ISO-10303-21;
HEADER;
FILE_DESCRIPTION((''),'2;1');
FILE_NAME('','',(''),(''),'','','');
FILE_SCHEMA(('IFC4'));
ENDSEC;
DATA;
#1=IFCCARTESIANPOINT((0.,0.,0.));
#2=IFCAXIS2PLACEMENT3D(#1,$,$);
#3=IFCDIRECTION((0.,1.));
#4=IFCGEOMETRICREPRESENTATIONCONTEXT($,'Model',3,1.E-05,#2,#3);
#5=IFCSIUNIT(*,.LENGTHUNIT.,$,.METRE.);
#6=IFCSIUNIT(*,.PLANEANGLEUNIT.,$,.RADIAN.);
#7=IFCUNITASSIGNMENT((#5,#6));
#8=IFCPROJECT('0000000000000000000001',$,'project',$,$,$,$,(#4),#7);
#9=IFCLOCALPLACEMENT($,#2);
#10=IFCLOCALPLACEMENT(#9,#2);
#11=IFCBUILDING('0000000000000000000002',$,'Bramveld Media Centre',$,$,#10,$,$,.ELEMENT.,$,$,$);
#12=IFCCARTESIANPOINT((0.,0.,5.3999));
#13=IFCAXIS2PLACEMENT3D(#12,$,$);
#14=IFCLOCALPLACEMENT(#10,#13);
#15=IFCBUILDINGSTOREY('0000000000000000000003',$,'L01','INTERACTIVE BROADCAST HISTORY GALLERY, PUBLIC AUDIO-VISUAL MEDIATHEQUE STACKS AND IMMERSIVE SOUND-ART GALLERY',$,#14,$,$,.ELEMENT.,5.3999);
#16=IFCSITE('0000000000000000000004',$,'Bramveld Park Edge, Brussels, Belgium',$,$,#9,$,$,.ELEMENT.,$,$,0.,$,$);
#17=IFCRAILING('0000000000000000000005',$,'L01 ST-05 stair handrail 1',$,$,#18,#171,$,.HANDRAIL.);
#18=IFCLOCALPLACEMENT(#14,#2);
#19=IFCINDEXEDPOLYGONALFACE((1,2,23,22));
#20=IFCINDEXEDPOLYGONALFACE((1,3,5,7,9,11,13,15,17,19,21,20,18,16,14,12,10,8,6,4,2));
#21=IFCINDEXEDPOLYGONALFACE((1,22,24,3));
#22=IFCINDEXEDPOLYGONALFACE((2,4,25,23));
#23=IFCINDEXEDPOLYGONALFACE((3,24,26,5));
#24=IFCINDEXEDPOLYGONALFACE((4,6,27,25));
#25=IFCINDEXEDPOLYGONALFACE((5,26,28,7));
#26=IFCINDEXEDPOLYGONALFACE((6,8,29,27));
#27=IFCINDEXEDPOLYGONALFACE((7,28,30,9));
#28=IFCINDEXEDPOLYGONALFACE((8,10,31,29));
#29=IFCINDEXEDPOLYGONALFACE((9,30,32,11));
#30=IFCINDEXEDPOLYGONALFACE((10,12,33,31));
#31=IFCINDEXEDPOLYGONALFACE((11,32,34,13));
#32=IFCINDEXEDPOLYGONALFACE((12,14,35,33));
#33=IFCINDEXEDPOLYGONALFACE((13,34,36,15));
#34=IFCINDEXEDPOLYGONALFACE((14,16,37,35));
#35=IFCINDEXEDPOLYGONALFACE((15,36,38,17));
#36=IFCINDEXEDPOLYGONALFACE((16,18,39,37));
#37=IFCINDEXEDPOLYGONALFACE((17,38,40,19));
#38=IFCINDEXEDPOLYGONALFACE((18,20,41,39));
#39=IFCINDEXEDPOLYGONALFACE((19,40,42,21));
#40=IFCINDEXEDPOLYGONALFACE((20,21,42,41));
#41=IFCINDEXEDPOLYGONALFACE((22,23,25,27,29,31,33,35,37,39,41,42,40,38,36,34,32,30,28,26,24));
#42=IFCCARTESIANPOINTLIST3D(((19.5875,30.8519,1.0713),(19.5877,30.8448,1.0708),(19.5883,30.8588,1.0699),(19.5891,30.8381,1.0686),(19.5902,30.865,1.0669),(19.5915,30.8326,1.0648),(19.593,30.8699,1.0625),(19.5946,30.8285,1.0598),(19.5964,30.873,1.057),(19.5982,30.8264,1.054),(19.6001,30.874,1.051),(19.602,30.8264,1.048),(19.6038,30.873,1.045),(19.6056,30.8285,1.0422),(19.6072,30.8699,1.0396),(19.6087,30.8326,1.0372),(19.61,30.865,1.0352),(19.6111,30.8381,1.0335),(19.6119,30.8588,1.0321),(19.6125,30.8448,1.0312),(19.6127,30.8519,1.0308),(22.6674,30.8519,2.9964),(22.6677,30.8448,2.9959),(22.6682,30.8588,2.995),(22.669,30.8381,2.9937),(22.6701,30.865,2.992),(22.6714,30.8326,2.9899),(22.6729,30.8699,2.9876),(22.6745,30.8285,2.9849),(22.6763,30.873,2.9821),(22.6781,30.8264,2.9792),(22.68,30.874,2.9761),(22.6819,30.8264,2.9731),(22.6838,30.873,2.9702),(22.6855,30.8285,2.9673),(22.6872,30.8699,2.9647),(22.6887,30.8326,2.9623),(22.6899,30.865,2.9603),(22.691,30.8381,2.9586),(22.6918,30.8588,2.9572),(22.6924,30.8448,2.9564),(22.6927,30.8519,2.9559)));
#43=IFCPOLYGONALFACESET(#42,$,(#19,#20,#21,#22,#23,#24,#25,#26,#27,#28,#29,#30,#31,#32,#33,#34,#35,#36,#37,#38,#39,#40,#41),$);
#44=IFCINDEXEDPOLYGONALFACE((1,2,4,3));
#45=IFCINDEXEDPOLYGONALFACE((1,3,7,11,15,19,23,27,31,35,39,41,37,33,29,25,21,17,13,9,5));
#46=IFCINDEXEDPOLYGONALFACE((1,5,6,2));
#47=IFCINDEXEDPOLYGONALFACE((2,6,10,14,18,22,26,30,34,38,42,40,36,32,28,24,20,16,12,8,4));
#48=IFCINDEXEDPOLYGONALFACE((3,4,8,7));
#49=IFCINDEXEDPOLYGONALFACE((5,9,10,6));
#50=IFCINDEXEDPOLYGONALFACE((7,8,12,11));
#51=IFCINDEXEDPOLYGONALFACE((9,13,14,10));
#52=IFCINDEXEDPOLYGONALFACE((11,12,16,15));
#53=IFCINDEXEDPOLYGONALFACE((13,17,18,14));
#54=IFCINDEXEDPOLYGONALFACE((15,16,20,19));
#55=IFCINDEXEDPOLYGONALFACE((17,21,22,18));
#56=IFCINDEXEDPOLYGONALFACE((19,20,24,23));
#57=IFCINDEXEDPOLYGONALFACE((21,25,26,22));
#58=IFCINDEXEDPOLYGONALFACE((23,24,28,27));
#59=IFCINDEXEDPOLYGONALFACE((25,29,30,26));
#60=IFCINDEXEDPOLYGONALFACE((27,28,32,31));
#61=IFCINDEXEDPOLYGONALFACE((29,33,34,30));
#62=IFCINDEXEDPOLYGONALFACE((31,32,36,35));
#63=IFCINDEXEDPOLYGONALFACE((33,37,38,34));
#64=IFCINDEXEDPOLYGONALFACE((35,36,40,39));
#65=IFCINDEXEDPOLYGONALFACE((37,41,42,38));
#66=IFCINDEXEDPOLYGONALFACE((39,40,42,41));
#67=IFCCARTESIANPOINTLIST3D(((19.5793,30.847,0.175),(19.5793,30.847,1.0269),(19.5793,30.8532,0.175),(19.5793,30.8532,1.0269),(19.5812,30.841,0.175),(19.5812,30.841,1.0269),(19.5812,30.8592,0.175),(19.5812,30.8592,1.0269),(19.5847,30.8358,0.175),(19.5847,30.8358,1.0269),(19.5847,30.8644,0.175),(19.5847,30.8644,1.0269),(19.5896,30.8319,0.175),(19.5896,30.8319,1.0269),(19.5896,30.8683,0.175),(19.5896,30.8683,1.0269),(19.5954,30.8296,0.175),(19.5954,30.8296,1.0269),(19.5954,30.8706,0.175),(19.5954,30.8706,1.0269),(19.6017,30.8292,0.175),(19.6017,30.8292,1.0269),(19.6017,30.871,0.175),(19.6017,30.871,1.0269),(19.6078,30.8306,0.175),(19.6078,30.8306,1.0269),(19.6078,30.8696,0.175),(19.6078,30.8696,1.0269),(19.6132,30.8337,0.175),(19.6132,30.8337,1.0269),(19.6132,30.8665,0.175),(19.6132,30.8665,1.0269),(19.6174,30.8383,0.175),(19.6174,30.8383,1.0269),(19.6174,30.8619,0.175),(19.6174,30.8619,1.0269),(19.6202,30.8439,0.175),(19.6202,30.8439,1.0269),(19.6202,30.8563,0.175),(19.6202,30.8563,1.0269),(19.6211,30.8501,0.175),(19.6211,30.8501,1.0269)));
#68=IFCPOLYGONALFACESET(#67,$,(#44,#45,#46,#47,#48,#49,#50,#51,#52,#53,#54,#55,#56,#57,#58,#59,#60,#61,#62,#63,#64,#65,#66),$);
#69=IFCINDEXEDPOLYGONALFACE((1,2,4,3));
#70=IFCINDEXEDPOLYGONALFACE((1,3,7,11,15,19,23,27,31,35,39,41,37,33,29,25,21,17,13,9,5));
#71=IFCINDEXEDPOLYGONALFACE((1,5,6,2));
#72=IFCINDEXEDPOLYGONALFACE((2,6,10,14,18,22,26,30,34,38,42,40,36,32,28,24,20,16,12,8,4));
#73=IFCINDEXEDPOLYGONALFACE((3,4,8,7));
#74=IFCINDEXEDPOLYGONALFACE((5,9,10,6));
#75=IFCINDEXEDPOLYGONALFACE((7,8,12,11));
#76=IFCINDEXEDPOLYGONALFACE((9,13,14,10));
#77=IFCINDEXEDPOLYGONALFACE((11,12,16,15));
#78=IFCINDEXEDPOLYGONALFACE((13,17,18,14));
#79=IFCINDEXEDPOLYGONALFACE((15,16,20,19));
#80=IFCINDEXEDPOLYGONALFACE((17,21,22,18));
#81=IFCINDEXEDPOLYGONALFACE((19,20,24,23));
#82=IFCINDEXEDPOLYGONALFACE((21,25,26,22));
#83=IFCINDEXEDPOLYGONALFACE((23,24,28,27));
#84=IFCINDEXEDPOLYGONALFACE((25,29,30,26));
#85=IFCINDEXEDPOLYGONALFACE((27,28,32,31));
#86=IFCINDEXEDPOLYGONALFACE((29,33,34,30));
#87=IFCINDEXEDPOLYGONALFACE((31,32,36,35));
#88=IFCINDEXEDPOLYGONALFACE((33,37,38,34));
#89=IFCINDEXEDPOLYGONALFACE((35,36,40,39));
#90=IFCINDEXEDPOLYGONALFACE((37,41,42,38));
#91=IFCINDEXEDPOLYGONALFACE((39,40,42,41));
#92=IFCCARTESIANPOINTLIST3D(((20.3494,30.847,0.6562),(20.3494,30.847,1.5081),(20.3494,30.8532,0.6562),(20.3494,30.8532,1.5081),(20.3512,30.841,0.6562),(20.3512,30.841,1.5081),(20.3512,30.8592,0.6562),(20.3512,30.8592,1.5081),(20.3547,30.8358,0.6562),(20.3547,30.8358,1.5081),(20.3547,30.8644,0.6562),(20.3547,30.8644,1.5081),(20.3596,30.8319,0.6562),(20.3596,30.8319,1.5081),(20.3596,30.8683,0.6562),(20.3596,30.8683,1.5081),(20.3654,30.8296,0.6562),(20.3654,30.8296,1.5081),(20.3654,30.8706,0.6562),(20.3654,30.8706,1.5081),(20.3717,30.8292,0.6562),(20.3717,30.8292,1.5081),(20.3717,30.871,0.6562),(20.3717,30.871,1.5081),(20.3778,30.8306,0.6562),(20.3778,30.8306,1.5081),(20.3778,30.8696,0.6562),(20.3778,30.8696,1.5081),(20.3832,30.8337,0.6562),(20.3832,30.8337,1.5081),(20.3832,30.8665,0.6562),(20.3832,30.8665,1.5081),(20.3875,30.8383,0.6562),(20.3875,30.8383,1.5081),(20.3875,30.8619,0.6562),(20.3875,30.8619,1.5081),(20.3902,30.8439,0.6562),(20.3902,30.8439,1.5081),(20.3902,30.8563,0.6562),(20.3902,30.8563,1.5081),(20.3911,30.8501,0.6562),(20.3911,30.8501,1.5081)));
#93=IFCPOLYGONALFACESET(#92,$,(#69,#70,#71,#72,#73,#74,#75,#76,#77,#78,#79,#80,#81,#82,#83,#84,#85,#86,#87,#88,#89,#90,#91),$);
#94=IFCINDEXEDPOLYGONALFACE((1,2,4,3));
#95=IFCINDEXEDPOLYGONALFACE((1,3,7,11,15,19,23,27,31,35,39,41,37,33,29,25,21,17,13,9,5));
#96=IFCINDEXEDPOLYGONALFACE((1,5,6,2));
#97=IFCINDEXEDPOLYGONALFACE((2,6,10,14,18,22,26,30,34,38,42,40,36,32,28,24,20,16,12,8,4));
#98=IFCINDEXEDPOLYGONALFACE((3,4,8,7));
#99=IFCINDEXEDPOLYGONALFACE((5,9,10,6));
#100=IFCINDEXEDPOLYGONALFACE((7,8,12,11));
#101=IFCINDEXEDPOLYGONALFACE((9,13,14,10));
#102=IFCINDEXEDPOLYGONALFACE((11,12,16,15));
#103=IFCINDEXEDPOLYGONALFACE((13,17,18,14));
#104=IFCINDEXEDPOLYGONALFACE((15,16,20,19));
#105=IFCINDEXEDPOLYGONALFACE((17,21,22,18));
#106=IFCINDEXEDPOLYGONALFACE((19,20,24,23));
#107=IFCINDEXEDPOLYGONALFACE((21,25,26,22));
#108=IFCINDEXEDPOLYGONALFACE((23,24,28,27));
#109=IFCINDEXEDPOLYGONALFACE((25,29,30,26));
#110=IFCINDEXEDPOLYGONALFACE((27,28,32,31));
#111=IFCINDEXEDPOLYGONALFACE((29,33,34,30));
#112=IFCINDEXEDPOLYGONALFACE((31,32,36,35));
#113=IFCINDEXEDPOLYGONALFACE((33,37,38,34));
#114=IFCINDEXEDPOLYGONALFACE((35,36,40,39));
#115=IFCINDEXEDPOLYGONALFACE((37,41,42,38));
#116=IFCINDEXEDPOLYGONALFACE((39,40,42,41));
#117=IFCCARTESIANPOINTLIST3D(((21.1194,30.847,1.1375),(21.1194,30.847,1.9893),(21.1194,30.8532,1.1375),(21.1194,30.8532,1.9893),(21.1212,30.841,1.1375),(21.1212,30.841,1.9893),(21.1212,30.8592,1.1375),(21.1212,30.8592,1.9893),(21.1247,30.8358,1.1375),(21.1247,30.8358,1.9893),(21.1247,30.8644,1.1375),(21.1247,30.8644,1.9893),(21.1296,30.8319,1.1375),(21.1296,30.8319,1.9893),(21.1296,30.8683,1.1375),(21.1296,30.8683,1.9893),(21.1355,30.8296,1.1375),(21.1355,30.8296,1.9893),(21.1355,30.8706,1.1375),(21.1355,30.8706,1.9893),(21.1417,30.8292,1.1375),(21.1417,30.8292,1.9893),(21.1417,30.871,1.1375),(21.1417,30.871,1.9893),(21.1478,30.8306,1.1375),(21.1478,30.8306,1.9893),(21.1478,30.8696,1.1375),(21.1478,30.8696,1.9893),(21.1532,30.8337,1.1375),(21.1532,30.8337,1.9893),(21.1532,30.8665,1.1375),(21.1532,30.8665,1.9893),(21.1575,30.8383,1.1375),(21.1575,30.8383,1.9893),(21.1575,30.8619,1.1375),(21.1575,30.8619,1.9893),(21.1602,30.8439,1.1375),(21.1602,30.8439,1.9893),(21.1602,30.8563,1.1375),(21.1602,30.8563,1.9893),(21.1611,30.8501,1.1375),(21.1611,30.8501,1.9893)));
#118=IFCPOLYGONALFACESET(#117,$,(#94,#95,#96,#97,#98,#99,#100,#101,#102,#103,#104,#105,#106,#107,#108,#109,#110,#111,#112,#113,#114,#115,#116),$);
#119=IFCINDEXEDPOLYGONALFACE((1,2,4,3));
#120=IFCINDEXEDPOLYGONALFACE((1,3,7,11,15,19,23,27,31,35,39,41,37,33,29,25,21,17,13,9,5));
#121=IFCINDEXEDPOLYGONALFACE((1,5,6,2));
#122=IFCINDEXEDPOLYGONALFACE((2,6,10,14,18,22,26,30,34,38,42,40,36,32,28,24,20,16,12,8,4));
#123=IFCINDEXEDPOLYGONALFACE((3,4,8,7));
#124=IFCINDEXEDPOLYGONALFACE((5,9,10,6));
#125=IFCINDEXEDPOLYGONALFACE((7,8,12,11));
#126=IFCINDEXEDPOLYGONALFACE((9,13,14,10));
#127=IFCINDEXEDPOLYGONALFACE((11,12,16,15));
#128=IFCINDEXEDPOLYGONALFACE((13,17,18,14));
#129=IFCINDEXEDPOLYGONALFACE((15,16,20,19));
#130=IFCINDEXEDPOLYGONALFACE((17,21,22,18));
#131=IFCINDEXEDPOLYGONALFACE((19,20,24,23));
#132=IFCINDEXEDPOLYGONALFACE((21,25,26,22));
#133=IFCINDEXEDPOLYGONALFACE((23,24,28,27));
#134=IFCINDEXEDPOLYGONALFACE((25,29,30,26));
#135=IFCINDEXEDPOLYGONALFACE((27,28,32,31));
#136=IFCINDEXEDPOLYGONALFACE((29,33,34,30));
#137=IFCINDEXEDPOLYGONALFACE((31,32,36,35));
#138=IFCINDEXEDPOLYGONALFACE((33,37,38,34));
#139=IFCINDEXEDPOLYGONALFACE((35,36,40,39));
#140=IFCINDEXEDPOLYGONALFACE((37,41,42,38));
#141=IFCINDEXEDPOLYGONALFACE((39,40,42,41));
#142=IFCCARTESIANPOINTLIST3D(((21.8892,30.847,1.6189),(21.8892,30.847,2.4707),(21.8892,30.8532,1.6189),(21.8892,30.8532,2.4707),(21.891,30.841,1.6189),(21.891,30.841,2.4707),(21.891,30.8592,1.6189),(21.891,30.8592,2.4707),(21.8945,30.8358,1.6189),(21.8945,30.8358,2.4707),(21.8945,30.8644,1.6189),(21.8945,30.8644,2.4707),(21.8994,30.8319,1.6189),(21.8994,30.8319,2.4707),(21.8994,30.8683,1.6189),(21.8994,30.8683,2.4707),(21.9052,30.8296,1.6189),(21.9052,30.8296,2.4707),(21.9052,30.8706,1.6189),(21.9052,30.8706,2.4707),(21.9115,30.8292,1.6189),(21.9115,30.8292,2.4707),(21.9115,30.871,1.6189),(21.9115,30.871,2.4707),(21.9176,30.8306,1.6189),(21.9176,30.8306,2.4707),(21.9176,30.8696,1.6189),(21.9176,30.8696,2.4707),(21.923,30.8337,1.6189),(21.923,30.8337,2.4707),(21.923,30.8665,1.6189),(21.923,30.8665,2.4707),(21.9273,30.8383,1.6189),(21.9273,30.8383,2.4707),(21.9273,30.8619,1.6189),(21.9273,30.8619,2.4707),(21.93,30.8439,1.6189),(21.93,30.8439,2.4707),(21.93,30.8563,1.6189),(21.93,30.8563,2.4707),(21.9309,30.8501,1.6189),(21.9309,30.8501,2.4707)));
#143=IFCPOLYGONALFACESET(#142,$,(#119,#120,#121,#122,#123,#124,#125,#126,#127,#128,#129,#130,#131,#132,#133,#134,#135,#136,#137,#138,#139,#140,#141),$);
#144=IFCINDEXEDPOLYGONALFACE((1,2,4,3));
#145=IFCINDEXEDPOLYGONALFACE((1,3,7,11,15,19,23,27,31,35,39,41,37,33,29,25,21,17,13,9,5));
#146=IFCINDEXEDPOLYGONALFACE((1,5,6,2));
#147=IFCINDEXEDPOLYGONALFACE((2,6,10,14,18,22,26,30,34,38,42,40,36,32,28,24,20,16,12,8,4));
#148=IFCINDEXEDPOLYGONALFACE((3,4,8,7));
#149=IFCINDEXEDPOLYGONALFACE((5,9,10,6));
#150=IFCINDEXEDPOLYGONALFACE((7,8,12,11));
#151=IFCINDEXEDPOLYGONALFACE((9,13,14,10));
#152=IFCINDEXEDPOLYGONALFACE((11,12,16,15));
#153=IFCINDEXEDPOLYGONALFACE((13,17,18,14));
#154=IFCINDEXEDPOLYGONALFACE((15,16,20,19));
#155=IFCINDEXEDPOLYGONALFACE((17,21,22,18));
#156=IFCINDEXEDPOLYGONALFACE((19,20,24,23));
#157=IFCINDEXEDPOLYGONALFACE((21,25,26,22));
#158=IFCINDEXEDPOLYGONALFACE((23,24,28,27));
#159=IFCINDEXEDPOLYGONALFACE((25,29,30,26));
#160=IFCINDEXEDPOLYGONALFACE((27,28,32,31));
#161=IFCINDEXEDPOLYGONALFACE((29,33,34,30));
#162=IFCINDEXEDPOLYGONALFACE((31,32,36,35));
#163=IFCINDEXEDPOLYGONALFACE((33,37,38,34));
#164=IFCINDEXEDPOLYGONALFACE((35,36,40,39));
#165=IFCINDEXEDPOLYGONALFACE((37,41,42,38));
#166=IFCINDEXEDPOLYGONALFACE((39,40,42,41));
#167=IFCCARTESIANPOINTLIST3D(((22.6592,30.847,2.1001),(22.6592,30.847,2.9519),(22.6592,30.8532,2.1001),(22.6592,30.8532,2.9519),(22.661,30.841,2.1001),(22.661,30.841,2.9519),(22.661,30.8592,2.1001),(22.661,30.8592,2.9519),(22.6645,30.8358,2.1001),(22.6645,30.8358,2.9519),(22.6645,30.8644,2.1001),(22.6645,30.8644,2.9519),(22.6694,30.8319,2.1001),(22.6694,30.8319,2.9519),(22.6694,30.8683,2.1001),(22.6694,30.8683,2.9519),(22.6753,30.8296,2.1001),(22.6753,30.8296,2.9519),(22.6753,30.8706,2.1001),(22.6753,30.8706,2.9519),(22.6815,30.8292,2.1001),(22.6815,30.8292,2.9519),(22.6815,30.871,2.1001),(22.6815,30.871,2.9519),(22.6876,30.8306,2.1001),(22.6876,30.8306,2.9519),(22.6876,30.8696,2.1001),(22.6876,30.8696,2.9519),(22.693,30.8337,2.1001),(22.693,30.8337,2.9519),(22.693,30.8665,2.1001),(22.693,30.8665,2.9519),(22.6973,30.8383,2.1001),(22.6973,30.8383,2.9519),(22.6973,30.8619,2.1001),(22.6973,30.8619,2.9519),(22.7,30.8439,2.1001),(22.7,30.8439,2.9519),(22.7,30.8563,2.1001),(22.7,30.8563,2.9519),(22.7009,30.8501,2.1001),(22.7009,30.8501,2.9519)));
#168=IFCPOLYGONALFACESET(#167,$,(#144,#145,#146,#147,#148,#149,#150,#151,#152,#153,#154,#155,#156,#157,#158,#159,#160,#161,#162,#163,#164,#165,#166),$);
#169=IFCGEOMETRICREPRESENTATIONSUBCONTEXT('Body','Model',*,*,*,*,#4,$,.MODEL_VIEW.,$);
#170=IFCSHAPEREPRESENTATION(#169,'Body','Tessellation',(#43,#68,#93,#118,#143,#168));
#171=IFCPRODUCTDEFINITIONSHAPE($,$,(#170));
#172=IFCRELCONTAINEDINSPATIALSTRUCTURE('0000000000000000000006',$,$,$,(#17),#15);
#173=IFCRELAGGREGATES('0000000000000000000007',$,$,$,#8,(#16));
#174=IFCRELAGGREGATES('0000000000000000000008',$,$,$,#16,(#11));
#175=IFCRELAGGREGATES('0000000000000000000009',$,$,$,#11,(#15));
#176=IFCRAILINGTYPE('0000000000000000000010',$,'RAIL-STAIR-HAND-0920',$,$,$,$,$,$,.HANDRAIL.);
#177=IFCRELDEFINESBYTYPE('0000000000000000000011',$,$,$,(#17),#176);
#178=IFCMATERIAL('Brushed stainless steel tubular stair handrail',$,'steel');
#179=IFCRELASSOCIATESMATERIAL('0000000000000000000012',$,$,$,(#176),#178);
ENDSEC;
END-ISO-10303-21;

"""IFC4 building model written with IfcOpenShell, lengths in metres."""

from ifc_helpers import new_model, si_unit, direction, frame, origin, origin_2d, place, context, subcontext, project, spatial, circle, extrude, material, type_object, element, save


model = new_model("IFC4")

# Units and contexts
model_context = context("Model", 3, precision=1e-05, world=origin(), true_north=direction((0.0, 1.0)))
body_context = subcontext(model_context, "Body", "Model", "MODEL_VIEW")
ifc_project = project(units=[si_unit("LENGTHUNIT", "METRE"), si_unit("PLANEANGLEUNIT", "RADIAN")], contexts=[model_context])

# Site, building, storey
site_placement = place(None, origin())
site = spatial("IfcSite", under=ifc_project, at=site_placement, Name="Bramveld Park Edge, Brussels, Belgium", CompositionType="ELEMENT", RefElevation=0.0)
building_placement = place(site_placement, origin())
building = spatial("IfcBuilding", under=site, at=building_placement, Name="Bramveld Media Centre", CompositionType="ELEMENT")
storey_placement = place(building_placement, frame((0.0, 0.0, 5.3999)))
storey = spatial("IfcBuildingStorey", under=building, at=storey_placement, Name="L01", Description="INTERACTIVE BROADCAST HISTORY GALLERY, PUBLIC AUDIO-VISUAL MEDIATHEQUE STACKS AND IMMERSIVE SOUND-ART GALLERY", CompositionType="ELEMENT", Elevation=5.3999)

# Railing
ifc_material_1 = material(Name="Brushed stainless steel tubular stair handrail", Category="steel")
railing_type_1 = type_object("IfcRailingType", Name="RAIL-STAIR-HAND-0920", PredefinedType="HANDRAIL", material=ifc_material_1)
railing_1_placement = place(storey_placement, frame((19.6001, 30.8501, 0.175)))
element("IfcRailing", 1, at=railing_1_placement, inside=storey, type_object=railing_type_1, Name="L01 ST-05 stair handrail 1", PredefinedType="HANDRAIL", context=body_context, shape_type="SweptSolid", body=[
    extrude(circle(Radius=0.0239, at=origin_2d()), frame((0.0, 0.0, 0.876), z_axis=(0.847979, 0.0, 0.530029), x_axis=(0.0, 1.0, 0.0)), (0.0, 0.0, 1.0), 3.6321),
    extrude(circle(Radius=0.021, at=origin_2d()), origin(), (0.0, 0.0, 1.0), 0.8518),
    extrude(circle(Radius=0.021, at=origin_2d()), frame((0.77, 0.0, 0.4812)), (0.0, 0.0, 1.0), 0.8518),
    extrude(circle(Radius=0.021, at=origin_2d()), frame((1.54, 0.0, 0.9624)), (0.0, 0.0, 1.0), 0.8518),
    extrude(circle(Radius=0.021, at=origin_2d()), frame((2.3098, 0.0, 1.4438)), (0.0, 0.0, 1.0), 0.8518),
    extrude(circle(Radius=0.021, at=origin_2d()), frame((3.0798, 0.0, 1.925)), (0.0, 0.0, 1.0), 0.8518),
])

save(model, "model.ifc")
